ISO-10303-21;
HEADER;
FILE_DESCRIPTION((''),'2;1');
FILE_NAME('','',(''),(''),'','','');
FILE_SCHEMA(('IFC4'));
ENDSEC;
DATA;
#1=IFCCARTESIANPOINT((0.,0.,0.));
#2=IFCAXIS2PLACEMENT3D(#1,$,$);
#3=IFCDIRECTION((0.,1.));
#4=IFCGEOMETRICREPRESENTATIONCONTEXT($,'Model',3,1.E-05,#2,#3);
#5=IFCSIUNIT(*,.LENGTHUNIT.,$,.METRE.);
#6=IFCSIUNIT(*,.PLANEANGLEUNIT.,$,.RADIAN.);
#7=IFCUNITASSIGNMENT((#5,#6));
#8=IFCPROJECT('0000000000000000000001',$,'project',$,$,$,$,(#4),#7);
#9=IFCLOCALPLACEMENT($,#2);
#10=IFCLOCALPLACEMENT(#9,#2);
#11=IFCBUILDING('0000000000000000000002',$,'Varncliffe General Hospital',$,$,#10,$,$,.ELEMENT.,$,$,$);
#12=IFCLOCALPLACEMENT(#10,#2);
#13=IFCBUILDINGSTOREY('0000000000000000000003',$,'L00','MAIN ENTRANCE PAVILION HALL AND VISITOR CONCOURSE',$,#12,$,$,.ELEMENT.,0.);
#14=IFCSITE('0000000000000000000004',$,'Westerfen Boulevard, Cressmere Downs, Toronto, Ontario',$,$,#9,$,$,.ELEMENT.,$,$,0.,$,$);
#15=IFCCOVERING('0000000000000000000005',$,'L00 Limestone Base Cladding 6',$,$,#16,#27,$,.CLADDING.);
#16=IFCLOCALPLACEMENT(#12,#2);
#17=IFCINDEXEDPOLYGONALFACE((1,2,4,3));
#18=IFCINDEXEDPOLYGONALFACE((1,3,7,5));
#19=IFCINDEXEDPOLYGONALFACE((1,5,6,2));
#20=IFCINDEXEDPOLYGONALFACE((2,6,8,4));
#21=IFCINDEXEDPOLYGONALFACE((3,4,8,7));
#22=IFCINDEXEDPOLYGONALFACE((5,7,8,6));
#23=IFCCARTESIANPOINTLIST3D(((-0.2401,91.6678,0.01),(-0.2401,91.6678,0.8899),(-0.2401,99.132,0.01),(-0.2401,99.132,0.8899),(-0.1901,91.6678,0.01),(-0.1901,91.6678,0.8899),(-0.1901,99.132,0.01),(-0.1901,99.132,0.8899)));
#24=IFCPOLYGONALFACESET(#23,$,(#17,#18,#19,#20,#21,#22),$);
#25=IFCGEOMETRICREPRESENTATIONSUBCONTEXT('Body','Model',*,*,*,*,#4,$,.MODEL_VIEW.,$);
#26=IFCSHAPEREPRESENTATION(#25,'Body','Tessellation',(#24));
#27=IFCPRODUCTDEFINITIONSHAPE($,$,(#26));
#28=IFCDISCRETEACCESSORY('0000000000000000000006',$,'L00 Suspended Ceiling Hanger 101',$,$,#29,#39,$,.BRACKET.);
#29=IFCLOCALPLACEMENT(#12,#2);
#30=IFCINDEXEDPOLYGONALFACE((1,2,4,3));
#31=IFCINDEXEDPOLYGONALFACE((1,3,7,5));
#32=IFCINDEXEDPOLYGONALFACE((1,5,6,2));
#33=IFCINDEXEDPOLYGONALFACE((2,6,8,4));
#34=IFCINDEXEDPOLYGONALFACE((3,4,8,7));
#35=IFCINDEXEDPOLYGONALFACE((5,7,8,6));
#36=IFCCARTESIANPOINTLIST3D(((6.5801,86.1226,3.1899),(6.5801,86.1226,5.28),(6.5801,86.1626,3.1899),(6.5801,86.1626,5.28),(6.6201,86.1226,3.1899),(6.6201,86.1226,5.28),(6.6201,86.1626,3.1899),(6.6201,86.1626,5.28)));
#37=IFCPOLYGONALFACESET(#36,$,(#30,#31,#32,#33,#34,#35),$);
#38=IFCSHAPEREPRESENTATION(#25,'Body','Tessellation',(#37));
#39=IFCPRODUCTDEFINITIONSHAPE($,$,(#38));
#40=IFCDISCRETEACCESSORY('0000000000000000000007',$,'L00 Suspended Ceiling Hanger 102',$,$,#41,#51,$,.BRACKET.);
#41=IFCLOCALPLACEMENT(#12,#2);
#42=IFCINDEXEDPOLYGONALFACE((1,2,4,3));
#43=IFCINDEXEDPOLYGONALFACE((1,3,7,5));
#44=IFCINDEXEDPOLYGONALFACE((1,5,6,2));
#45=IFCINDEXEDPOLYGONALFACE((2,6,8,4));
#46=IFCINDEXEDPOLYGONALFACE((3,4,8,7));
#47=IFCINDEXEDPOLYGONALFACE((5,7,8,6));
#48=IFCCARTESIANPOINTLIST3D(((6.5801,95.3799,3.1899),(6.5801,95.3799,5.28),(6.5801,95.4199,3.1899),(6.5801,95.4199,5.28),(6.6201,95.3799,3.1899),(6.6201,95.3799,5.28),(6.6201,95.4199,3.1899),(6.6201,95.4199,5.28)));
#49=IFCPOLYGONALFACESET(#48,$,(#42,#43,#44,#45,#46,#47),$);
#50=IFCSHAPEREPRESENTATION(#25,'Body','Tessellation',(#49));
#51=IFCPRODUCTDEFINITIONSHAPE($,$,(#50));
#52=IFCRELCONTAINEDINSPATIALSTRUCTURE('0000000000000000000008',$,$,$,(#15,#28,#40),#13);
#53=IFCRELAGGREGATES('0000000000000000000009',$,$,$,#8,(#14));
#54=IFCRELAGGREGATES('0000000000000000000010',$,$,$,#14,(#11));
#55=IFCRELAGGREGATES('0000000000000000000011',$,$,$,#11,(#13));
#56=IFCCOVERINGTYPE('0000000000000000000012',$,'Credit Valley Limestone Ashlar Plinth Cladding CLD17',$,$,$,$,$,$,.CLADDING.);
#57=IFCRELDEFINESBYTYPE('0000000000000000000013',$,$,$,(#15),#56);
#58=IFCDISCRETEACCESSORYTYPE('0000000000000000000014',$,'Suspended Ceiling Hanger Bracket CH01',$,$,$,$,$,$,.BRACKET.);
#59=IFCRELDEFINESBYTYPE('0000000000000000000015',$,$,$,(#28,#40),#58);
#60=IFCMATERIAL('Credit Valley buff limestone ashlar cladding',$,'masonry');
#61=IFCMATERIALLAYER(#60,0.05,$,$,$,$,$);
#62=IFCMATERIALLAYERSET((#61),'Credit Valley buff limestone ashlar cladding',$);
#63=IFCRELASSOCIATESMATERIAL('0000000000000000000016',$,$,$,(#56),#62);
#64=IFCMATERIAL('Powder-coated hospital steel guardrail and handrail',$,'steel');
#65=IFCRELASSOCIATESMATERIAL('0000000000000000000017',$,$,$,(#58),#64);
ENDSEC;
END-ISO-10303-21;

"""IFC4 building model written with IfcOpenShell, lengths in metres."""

from ifc_helpers import new_model, si_unit, direction, frame, origin, origin_2d, place, context, subcontext, project, spatial, rectangle, extrude, material, layer, layer_set, type_object, element, save


model = new_model("IFC4")

# Units and contexts
model_context = context("Model", 3, precision=1e-05, world=origin(), true_north=direction((0.0, 1.0)))
body_context = subcontext(model_context, "Body", "Model", "MODEL_VIEW")
ifc_project = project(units=[si_unit("LENGTHUNIT", "METRE"), si_unit("PLANEANGLEUNIT", "RADIAN")], contexts=[model_context])

# Site, building, storey
site_placement = place(None, origin())
site = spatial("IfcSite", under=ifc_project, at=site_placement, Name="Westerfen Boulevard, Cressmere Downs, Toronto, Ontario", CompositionType="ELEMENT", RefElevation=0.0)
building_placement = place(site_placement, origin())
building = spatial("IfcBuilding", under=site, at=building_placement, Name="Varncliffe General Hospital", CompositionType="ELEMENT")
storey_placement = place(building_placement, origin())
storey = spatial("IfcBuildingStorey", under=building, at=storey_placement, Name="L00", Description="MAIN ENTRANCE PAVILION HALL AND VISITOR CONCOURSE", CompositionType="ELEMENT", Elevation=0.0)

# Covering
ifc_material_1 = material(Name="Credit Valley buff limestone ashlar cladding", Category="masonry")
ifc_layer_1 = layer(ifc_material_1, 0.05)
ifc_layer_set_1 = layer_set([ifc_layer_1], Name="Credit Valley buff limestone ashlar cladding")
covering_type = type_object("IfcCoveringType", Name="Credit Valley Limestone Ashlar Plinth Cladding CLD17", PredefinedType="CLADDING", material=ifc_layer_set_1)
covering_placement = place(storey_placement, frame((-0.2151, 95.3999, 0.01), z_axis=(0.0, 0.0, 1.0), x_axis=(0.0, 1.0, 0.0)))
element("IfcCovering", 1, at=covering_placement, inside=storey, type_object=covering_type, Name="L00 Limestone Base Cladding 6", PredefinedType="CLADDING", context=body_context, shape_type="SweptSolid", body=[
    extrude(rectangle(XDim=7.4641, YDim=0.05, at=origin_2d()), origin(), (0.0, 0.0, 1.0), 0.8799),
])

# Discrete accessories
ifc_material_2 = material(Name="Powder-coated hospital steel guardrail and handrail", Category="steel")
discrete_accessory_type = type_object("IfcDiscreteAccessoryType", Name="Suspended Ceiling Hanger Bracket CH01", PredefinedType="BRACKET", material=ifc_material_2)
for number, where, z_axis, x_axis, name in (
    (2, (6.6001, 86.1426, 3.1899), (0.0, 0.0, 1.0), (1.0, 0.0, 0.0), "L00 Suspended Ceiling Hanger 101"),
    (3, (6.6001, 95.3999, 3.1899), (0.0, 0.0, 1.0), (1.0, 0.0, 0.0), "L00 Suspended Ceiling Hanger 102"),
):
    element("IfcDiscreteAccessory", number, at=place(storey_placement, frame(where, z_axis=z_axis, x_axis=x_axis)), inside=storey, type_object=discrete_accessory_type, Name=name, PredefinedType="BRACKET", context=body_context, shape_type="SweptSolid", body=[
        extrude(rectangle(XDim=0.04, YDim=0.04, at=origin_2d()), origin(), (0.0, 0.0, 1.0), 2.0901),
    ])

save(model, "model.ifc")
